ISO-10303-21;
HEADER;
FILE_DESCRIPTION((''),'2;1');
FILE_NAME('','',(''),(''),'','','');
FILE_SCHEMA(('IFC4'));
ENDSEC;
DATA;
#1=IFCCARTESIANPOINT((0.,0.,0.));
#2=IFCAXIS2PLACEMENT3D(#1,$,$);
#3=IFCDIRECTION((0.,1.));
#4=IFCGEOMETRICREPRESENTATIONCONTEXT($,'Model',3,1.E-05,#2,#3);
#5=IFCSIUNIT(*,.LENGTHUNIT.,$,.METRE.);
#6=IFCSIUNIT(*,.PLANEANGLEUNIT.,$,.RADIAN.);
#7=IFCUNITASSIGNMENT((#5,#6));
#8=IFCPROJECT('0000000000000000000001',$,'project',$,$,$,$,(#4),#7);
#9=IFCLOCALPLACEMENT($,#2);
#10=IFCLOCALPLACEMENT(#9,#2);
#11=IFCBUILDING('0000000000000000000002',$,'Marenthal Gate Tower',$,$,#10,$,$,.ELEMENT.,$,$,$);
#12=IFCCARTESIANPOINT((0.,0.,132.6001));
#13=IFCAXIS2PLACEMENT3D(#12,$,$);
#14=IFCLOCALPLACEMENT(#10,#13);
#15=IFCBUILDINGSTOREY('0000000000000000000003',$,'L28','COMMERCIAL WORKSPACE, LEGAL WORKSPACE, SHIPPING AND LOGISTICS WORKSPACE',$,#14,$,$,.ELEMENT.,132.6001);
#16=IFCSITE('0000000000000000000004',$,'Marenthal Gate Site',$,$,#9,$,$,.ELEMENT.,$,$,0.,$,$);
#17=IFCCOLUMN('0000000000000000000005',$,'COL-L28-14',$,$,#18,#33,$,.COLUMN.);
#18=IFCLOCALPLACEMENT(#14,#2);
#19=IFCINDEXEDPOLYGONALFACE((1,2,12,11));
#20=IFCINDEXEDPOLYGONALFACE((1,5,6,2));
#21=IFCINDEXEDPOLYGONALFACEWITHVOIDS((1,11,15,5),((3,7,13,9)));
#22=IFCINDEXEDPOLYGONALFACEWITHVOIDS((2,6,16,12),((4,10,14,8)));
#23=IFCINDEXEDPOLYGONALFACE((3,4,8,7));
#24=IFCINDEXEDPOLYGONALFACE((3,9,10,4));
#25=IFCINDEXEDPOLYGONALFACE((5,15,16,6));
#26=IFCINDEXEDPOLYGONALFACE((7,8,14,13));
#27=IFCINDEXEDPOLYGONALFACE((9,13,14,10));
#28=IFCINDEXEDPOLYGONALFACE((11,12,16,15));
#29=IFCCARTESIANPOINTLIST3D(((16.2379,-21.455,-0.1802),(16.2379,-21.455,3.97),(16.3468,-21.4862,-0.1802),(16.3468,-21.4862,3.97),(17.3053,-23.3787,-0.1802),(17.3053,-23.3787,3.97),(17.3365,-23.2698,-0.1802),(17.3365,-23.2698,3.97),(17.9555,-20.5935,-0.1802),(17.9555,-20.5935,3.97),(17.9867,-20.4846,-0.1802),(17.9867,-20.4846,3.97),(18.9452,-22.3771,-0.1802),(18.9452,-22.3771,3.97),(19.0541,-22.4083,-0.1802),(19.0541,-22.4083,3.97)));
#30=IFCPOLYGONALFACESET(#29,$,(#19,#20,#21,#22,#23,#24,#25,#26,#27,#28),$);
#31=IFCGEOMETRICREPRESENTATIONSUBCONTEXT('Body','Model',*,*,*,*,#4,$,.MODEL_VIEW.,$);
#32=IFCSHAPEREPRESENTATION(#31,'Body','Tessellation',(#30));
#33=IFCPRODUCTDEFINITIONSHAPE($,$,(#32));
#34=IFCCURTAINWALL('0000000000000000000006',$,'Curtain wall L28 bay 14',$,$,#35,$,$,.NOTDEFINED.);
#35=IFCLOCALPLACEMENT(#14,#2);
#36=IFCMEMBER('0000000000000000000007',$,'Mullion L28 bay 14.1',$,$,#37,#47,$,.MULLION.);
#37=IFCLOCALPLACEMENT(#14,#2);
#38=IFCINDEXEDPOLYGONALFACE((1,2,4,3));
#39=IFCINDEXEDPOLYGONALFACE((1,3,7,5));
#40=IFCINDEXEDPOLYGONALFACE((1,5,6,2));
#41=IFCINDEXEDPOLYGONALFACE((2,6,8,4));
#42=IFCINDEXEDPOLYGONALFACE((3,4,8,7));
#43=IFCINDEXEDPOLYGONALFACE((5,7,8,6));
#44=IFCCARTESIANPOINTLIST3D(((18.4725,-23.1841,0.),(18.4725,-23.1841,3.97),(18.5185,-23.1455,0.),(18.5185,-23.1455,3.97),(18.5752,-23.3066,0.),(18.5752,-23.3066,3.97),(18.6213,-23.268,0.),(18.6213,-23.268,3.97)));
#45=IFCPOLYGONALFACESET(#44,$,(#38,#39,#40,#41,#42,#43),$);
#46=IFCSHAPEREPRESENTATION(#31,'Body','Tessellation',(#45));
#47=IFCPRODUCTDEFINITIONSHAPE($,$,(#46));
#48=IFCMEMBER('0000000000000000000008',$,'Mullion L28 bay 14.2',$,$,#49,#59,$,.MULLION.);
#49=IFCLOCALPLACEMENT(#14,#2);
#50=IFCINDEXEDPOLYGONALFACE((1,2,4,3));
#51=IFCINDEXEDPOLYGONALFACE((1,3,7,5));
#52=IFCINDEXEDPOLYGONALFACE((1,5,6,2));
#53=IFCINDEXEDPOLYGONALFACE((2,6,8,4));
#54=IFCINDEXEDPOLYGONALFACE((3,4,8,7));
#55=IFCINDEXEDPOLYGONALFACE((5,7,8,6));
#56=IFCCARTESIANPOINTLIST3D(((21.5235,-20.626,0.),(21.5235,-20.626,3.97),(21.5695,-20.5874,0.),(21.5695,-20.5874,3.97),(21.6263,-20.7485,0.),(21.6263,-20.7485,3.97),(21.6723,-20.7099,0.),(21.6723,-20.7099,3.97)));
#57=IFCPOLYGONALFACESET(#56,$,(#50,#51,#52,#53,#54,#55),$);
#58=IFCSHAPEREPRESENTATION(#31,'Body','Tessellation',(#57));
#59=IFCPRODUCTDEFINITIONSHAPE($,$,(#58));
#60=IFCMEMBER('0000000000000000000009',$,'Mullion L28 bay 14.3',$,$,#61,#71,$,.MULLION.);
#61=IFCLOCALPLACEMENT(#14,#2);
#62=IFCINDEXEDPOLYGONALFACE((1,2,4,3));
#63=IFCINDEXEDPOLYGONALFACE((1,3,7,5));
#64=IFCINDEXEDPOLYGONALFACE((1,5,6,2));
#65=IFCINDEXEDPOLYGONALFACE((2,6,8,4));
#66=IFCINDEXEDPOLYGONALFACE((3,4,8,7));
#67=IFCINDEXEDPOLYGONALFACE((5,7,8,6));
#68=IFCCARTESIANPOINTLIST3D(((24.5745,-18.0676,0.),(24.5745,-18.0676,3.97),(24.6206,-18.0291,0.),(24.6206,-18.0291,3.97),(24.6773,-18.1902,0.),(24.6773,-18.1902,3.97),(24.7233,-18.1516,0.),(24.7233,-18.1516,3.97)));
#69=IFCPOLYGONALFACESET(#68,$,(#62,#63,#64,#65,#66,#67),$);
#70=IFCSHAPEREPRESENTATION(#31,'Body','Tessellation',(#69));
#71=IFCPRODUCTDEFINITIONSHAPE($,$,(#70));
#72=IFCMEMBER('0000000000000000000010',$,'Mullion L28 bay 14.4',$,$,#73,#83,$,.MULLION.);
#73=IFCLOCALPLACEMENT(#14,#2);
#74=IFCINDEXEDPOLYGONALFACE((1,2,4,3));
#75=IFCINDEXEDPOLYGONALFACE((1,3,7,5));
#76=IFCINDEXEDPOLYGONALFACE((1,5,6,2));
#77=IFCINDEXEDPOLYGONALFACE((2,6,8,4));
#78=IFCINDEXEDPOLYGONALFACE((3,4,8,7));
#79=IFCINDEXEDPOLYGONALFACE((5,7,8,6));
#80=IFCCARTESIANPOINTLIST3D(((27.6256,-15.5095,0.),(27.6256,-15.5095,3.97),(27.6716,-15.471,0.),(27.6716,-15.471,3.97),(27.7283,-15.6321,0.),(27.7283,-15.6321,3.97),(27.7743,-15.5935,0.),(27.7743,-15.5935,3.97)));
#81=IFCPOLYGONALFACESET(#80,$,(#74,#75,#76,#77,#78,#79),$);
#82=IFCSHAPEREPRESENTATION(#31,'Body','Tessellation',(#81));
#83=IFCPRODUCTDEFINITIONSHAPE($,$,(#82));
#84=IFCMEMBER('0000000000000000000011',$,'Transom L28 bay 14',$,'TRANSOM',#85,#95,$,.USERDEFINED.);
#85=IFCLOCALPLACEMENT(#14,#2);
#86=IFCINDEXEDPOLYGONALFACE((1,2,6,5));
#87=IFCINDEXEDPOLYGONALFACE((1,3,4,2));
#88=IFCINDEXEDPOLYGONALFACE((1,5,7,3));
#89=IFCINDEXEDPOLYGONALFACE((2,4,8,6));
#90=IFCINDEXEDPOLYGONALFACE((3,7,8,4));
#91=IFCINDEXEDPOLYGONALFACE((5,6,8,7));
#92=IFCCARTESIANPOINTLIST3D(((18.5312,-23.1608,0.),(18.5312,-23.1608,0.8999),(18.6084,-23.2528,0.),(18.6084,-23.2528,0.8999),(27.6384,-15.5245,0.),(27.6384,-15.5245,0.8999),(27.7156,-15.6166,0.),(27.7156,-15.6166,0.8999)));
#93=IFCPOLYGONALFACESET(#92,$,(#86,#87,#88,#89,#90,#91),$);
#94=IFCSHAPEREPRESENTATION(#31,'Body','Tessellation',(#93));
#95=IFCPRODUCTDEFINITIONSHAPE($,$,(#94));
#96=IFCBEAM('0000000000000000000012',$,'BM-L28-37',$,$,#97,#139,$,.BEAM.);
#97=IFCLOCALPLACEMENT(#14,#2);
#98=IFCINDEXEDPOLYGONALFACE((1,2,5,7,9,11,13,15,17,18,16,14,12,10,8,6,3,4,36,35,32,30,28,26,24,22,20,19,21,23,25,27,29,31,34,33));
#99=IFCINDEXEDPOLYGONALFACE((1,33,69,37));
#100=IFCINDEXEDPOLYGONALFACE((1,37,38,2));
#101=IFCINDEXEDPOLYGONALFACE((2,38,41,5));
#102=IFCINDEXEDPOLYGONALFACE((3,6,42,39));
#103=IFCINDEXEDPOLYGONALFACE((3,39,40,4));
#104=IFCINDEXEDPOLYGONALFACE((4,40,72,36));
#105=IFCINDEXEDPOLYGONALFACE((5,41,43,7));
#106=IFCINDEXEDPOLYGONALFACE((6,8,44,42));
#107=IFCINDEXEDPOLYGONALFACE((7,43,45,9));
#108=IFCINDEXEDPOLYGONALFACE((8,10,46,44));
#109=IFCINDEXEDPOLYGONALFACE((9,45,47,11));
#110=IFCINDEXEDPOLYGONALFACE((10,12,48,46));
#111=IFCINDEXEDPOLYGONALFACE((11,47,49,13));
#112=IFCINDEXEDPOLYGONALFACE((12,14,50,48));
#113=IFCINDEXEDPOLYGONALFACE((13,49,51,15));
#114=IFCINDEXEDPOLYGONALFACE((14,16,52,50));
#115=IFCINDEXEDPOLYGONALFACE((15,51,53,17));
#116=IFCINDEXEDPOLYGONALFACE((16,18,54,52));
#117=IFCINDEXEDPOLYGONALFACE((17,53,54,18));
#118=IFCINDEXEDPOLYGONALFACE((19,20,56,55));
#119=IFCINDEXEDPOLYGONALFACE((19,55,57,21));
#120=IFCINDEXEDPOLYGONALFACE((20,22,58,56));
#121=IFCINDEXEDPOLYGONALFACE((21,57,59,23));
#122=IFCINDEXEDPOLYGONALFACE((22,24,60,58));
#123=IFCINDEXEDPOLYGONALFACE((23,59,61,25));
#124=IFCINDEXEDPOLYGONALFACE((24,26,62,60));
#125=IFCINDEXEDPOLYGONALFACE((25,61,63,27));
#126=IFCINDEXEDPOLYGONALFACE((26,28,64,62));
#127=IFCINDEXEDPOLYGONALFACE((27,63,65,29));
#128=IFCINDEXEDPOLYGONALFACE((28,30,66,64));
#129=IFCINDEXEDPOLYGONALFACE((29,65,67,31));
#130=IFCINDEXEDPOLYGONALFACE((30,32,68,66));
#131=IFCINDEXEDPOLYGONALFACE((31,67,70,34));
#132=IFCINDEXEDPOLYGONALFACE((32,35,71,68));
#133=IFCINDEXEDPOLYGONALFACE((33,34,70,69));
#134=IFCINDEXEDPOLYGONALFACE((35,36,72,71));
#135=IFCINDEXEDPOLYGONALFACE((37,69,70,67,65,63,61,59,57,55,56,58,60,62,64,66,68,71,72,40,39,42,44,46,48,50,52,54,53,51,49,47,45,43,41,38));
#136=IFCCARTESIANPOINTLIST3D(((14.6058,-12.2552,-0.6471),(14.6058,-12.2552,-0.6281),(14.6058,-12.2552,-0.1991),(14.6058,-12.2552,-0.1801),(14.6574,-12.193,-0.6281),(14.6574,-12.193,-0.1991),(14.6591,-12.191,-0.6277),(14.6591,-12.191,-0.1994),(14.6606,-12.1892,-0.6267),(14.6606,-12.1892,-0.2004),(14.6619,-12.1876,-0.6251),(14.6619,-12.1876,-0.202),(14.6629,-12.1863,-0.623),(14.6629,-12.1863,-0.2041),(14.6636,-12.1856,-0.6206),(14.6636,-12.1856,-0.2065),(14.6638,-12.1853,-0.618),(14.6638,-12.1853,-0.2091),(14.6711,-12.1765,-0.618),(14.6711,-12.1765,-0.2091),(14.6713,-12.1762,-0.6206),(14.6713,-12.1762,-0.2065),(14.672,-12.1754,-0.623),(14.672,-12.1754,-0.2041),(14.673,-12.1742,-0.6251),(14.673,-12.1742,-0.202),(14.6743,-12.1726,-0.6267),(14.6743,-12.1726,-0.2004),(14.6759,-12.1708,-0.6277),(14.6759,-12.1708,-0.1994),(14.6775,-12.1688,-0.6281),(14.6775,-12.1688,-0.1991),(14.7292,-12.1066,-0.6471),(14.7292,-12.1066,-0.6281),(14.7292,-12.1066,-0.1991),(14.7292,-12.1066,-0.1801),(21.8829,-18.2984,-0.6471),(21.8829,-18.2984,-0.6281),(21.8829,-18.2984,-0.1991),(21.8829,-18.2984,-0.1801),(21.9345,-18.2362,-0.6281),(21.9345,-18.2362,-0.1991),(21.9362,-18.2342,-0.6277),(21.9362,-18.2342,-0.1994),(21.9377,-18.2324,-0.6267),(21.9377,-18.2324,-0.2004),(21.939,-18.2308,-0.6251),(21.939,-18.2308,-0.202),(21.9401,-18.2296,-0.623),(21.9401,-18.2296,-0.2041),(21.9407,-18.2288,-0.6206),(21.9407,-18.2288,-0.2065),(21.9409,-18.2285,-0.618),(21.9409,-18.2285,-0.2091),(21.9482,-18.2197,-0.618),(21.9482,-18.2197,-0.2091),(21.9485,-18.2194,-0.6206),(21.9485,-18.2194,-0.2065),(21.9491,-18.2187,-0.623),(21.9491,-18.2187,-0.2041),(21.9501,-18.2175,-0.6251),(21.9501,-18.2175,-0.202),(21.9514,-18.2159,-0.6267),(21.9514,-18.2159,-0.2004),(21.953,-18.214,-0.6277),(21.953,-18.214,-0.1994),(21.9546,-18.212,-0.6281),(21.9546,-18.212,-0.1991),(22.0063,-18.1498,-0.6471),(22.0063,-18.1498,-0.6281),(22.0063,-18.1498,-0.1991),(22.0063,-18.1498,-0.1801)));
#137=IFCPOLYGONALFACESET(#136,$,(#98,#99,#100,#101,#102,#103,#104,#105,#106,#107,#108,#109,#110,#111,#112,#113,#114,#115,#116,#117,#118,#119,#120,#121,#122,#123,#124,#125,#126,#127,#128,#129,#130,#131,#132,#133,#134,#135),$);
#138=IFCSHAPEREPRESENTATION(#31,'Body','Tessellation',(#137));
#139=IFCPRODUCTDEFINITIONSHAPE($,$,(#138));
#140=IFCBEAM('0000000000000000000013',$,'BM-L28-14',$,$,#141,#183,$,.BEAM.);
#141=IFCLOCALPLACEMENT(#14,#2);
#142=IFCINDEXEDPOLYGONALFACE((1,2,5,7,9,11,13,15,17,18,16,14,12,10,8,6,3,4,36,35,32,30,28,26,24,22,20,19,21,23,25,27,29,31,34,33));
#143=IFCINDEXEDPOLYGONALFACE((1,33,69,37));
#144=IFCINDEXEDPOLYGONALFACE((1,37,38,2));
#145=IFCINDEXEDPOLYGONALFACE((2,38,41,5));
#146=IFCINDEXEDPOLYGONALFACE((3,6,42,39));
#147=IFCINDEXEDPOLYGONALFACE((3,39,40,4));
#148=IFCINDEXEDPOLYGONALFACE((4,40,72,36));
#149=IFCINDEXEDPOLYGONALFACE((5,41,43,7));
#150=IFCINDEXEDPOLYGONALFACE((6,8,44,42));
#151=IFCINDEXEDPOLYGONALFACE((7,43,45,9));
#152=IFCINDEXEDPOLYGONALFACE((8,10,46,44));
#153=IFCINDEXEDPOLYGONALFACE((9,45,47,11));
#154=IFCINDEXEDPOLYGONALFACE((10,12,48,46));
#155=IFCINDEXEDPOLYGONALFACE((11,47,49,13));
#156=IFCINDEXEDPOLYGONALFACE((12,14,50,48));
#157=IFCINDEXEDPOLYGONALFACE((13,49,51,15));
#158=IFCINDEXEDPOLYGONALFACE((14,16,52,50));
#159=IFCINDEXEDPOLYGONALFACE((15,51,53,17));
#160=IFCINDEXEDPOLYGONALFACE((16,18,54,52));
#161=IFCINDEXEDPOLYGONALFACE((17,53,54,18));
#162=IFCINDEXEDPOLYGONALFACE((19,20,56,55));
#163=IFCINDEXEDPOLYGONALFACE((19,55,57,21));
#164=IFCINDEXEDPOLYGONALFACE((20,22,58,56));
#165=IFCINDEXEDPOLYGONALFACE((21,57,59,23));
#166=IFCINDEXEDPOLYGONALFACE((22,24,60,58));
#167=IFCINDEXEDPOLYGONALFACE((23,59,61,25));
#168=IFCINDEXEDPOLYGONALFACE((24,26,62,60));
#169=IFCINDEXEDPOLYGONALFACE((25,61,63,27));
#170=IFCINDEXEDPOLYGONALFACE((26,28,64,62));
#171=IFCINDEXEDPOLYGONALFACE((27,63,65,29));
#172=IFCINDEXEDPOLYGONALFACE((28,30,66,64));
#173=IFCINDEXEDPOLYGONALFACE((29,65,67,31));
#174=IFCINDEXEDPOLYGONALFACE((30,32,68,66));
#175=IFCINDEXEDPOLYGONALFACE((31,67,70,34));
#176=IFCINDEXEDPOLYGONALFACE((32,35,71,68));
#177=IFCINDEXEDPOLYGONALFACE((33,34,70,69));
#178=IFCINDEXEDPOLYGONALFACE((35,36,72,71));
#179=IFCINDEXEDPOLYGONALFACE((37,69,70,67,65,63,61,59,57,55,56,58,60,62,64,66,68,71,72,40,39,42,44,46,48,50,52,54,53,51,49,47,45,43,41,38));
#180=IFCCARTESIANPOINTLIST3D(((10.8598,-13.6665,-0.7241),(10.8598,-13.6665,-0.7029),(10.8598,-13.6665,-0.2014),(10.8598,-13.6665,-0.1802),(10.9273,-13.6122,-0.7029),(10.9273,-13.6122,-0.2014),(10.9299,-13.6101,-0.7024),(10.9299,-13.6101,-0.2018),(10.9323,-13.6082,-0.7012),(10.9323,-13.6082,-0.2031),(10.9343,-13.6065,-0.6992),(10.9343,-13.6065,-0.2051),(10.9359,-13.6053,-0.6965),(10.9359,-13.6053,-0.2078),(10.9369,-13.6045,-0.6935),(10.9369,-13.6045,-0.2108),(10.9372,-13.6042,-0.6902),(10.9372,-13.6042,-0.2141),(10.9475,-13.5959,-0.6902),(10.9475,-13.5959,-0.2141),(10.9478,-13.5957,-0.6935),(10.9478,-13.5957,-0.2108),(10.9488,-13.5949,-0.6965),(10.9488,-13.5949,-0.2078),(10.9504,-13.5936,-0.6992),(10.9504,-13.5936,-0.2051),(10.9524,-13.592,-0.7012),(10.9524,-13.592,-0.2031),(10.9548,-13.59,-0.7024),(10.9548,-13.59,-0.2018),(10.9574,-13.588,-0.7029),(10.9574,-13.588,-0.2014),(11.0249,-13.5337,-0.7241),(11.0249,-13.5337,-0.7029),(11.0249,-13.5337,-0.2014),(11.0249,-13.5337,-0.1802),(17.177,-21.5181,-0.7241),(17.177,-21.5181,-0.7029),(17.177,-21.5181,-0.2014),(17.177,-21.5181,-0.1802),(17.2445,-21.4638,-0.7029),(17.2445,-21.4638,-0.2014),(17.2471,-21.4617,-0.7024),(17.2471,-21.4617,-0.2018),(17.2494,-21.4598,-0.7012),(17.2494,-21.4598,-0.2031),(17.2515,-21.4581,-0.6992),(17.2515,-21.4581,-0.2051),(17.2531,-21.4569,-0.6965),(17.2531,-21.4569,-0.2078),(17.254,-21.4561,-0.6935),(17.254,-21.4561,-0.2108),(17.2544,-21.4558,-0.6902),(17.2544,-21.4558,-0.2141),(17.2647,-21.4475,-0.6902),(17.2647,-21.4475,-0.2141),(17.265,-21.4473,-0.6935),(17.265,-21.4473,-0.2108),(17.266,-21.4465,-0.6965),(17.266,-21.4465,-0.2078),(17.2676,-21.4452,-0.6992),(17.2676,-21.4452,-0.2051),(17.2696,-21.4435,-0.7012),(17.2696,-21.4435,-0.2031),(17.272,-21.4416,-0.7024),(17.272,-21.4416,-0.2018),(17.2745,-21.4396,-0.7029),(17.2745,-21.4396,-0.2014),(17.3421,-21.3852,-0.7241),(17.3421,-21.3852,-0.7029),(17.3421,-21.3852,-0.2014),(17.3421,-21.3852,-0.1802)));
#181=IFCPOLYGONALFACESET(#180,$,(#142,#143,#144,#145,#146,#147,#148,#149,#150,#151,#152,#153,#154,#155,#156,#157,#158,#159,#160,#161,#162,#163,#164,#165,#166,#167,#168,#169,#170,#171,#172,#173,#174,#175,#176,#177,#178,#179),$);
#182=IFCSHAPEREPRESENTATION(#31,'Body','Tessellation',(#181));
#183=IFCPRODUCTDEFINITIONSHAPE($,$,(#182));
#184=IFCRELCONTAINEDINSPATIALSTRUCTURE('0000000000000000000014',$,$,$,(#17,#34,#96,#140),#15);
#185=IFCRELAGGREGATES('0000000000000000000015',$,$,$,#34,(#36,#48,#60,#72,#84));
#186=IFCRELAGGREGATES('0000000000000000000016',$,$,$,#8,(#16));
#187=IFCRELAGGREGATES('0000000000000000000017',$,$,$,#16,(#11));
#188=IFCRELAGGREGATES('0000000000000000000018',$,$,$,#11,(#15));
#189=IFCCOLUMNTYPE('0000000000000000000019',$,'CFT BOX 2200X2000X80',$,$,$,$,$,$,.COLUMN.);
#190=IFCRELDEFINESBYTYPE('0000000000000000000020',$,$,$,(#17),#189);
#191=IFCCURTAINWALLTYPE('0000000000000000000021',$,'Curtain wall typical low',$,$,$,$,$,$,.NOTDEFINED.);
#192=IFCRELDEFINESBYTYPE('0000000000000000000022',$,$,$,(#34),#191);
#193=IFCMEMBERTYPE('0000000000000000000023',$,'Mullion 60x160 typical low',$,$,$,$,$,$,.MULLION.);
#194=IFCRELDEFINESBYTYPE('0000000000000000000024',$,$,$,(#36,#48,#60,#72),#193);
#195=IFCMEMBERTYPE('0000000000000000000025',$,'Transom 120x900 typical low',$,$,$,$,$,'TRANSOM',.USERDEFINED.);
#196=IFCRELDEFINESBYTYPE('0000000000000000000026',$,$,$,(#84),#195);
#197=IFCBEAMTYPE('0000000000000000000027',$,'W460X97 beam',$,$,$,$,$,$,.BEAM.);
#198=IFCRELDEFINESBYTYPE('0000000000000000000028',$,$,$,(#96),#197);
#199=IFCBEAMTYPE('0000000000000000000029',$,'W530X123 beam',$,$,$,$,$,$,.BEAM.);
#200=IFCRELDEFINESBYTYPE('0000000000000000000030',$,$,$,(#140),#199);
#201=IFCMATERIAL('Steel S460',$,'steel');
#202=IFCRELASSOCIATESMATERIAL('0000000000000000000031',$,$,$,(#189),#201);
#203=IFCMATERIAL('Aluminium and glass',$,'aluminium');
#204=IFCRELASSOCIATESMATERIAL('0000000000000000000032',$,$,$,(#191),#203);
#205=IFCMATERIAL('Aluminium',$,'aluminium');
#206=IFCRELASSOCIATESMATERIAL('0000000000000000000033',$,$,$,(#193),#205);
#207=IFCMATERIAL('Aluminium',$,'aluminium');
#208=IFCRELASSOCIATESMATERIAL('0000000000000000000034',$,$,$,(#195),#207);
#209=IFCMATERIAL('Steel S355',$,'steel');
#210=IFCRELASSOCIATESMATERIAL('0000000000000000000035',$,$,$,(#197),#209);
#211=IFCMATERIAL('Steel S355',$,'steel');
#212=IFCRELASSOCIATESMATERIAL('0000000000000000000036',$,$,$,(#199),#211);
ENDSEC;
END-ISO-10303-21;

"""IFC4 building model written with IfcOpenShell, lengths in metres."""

from ifc_helpers import new_model, si_unit, direction, frame, origin, origin_2d, place, context, subcontext, project, spatial, rectangle, hollow_rectangle, i_section, extrude, material, material_profile, profile_set, type_object, element, aggregate, save


model = new_model("IFC4")

# Units and contexts
model_context = context("Model", 3, precision=1e-05, world=origin(), true_north=direction((0.0, 1.0)))
body_context = subcontext(model_context, "Body", "Model", "MODEL_VIEW")
ifc_project = project(units=[si_unit("LENGTHUNIT", "METRE"), si_unit("PLANEANGLEUNIT", "RADIAN")], contexts=[model_context])

# Site, building, storey
site_placement = place(None, origin())
site = spatial("IfcSite", under=ifc_project, at=site_placement, Name="Marenthal Gate Site", CompositionType="ELEMENT", RefElevation=0.0)
building_placement = place(site_placement, origin())
building = spatial("IfcBuilding", under=site, at=building_placement, Name="Marenthal Gate Tower", CompositionType="ELEMENT")
storey_placement = place(building_placement, frame((0.0, 0.0, 132.6001)))
storey = spatial("IfcBuildingStorey", under=building, at=storey_placement, Name="L28", Description="COMMERCIAL WORKSPACE, LEGAL WORKSPACE, SHIPPING AND LOGISTICS WORKSPACE", CompositionType="ELEMENT", Elevation=132.6001)

# Column
ifc_material_1 = material(Name="Steel S460", Category="steel")
ifc_material_profile_1 = material_profile(ifc_material_1, hollow_rectangle(XDim=2.0, YDim=2.2, WallThickness=0.0801, at=origin_2d()), Name="CFT BOX 2200X2000X80")
ifc_material_2 = material(Name="Concrete 70 MPa", Category="concrete")
ifc_material_profile_2 = material_profile(ifc_material_2, rectangle(XDim=1.8401, YDim=2.04, at=origin_2d()), Name="CFT BOX 2200X2000X80 INFILL")
ifc_profile_set_1 = profile_set([ifc_material_profile_1, ifc_material_profile_2], Name="Steel S460 shell, Concrete 70 MPa infill")
column_type = type_object("IfcColumnType", Name="CFT BOX 2200X2000X80", PredefinedType="COLUMN", material=ifc_profile_set_1)
column_placement = place(storey_placement, frame((17.646, -21.9316, -0.1802), z_axis=(0.0, 0.0, 1.0), x_axis=(-0.874403, -0.4852, 0.0)))
element("IfcColumn", 1, at=column_placement, inside=storey, type_object=column_type, Name="COL-L28-14", PredefinedType="COLUMN", context=body_context, shape_type="SweptSolid", body=[
    extrude(hollow_rectangle(XDim=2.0, YDim=2.2, WallThickness=0.0801, at=origin_2d()), origin(), (0.0, 0.0, 1.0), 4.1501),
])

# Curtain wall, members
ifc_material_3 = material(Name="Aluminium and glass", Category="aluminium")
curtain_wall_type = type_object("IfcCurtainWallType", Name="Curtain wall typical low", PredefinedType="NOTDEFINED", material=ifc_material_3)
curtain_wall_placement = place(storey_placement, origin())
curtain_wall = element("IfcCurtainWall", 2, at=curtain_wall_placement, inside=storey, type_object=curtain_wall_type, Name="Curtain wall L28 bay 14", PredefinedType="NOTDEFINED")
ifc_material_4 = material(Name="Aluminium", Category="aluminium")
ifc_material_profile_3 = material_profile(ifc_material_4, rectangle(XDim=0.1599, YDim=0.0601, at=origin_2d()), Name="60x160 aluminium mullion")
ifc_profile_set_2 = profile_set([ifc_material_profile_3], Name="Aluminium")
member_type_1 = type_object("IfcMemberType", Name="Mullion 60x160 typical low", PredefinedType="MULLION", material=ifc_profile_set_2)
member_1_placement = place(storey_placement, frame((18.5469, -23.2261, 0.0), z_axis=(0.0, 0.0, 1.0), x_axis=(-0.642511, 0.766277, 0.0)))
member_1 = element("IfcMember", 3, at=member_1_placement, type_object=member_type_1, Name="Mullion L28 bay 14.1", PredefinedType="MULLION", context=body_context, shape_type="SweptSolid", body=[
    extrude(rectangle(XDim=0.1599, YDim=0.0601, at=origin_2d()), origin(), (0.0, 0.0, 1.0), 3.97),
])
member_2_placement = place(storey_placement, frame((21.5979, -20.668, 0.0), z_axis=(0.0, 0.0, 1.0), x_axis=(-0.642511, 0.766277, 0.0)))
member_2 = element("IfcMember", 4, at=member_2_placement, type_object=member_type_1, Name="Mullion L28 bay 14.2", PredefinedType="MULLION", context=body_context, shape_type="SweptSolid", body=[
    extrude(rectangle(XDim=0.1599, YDim=0.0601, at=origin_2d()), origin(), (0.0, 0.0, 1.0), 3.97),
])
member_3_placement = place(storey_placement, frame((24.6489, -18.1096, 0.0), z_axis=(0.0, 0.0, 1.0), x_axis=(-0.642511, 0.766277, 0.0)))
member_3 = element("IfcMember", 5, at=member_3_placement, type_object=member_type_1, Name="Mullion L28 bay 14.3", PredefinedType="MULLION", context=body_context, shape_type="SweptSolid", body=[
    extrude(rectangle(XDim=0.1599, YDim=0.0601, at=origin_2d()), origin(), (0.0, 0.0, 1.0), 3.97),
])
member_4_placement = place(storey_placement, frame((27.7, -15.5515, 0.0), z_axis=(0.0, 0.0, 1.0), x_axis=(-0.642511, 0.766277, 0.0)))
member_4 = element("IfcMember", 6, at=member_4_placement, type_object=member_type_1, Name="Mullion L28 bay 14.4", PredefinedType="MULLION", context=body_context, shape_type="SweptSolid", body=[
    extrude(rectangle(XDim=0.1599, YDim=0.0601, at=origin_2d()), origin(), (0.0, 0.0, 1.0), 3.97),
])
ifc_material_5 = material(Name="Aluminium", Category="aluminium")
ifc_material_profile_4 = material_profile(ifc_material_5, rectangle(XDim=0.1201, YDim=0.8999, at=origin_2d()), Name="120x900 aluminium transom")
ifc_profile_set_3 = profile_set([ifc_material_profile_4], Name="Aluminium")
member_type_2 = type_object("IfcMemberType", Name="Transom 120x900 typical low", ElementType="TRANSOM", PredefinedType="USERDEFINED", material=ifc_profile_set_3)
member_5_placement = place(storey_placement, frame((18.5698, -23.2068, 0.45), z_axis=(0.766276, 0.642511, 0.0), x_axis=(-0.642511, 0.766276, 0.0)))
member_5 = element("IfcMember", 7, at=member_5_placement, type_object=member_type_2, Name="Transom L28 bay 14", ObjectType="TRANSOM", PredefinedType="USERDEFINED", context=body_context, shape_type="SweptSolid", body=[
    extrude(rectangle(XDim=0.1201, YDim=0.8999, at=origin_2d()), origin(), (0.0, 0.0, 1.0), 11.885),
])

# Beams
ifc_material_6 = material(Name="Steel S355", Category="steel")
ifc_material_profile_5 = material_profile(ifc_material_6, i_section(OverallWidth=0.1931, OverallDepth=0.467, WebThickness=0.0115, FlangeThickness=0.019, FilletRadius=0.01, at=origin_2d()), Name="W460X97")
ifc_profile_set_4 = profile_set([ifc_material_profile_5], Name="Steel S355")
beam_type_1 = type_object("IfcBeamType", Name="W460X97 beam", PredefinedType="BEAM", material=ifc_profile_set_4)
beam_1_placement = place(storey_placement, frame((21.9446, -18.2241, -0.4136), z_axis=(-0.769314, 0.638871, 0.0), x_axis=(-0.638871, -0.769314, 0.0)))
element("IfcBeam", 8, at=beam_1_placement, inside=storey, type_object=beam_type_1, Name="BM-L28-37", PredefinedType="BEAM", context=body_context, shape_type="SweptSolid", body=[
    extrude(i_section(OverallWidth=0.1931, OverallDepth=0.467, WebThickness=0.0115, FlangeThickness=0.019, FilletRadius=0.01, at=origin_2d()), origin(), (0.0, 0.0, 1.0), 9.4592),
])
ifc_material_7 = material(Name="Steel S355", Category="steel")
ifc_material_profile_6 = material_profile(ifc_material_7, i_section(OverallWidth=0.2119, OverallDepth=0.5439, WebThickness=0.0132, FlangeThickness=0.0212, FilletRadius=0.0127, at=origin_2d()), Name="W530X123")
ifc_profile_set_5 = profile_set([ifc_material_profile_6], Name="Steel S355")
beam_type_2 = type_object("IfcBeamType", Name="W530X123 beam", PredefinedType="BEAM", material=ifc_profile_set_5)
beam_2_placement = place(storey_placement, frame((17.2595, -21.4517, -0.4521), z_axis=(-0.626864, 0.779129, 0.0), x_axis=(-0.779129, -0.626864, 0.0)))
element("IfcBeam", 9, at=beam_2_placement, inside=storey, type_object=beam_type_2, Name="BM-L28-14", PredefinedType="BEAM", context=body_context, shape_type="SweptSolid", body=[
    extrude(i_section(OverallWidth=0.2119, OverallDepth=0.5439, WebThickness=0.0132, FlangeThickness=0.0212, FilletRadius=0.0127, at=origin_2d()), origin(), (0.0, 0.0, 1.0), 10.0774),
])

aggregate(curtain_wall, [member_1, member_2, member_3, member_4, member_5])

save(model, "model.ifc")
